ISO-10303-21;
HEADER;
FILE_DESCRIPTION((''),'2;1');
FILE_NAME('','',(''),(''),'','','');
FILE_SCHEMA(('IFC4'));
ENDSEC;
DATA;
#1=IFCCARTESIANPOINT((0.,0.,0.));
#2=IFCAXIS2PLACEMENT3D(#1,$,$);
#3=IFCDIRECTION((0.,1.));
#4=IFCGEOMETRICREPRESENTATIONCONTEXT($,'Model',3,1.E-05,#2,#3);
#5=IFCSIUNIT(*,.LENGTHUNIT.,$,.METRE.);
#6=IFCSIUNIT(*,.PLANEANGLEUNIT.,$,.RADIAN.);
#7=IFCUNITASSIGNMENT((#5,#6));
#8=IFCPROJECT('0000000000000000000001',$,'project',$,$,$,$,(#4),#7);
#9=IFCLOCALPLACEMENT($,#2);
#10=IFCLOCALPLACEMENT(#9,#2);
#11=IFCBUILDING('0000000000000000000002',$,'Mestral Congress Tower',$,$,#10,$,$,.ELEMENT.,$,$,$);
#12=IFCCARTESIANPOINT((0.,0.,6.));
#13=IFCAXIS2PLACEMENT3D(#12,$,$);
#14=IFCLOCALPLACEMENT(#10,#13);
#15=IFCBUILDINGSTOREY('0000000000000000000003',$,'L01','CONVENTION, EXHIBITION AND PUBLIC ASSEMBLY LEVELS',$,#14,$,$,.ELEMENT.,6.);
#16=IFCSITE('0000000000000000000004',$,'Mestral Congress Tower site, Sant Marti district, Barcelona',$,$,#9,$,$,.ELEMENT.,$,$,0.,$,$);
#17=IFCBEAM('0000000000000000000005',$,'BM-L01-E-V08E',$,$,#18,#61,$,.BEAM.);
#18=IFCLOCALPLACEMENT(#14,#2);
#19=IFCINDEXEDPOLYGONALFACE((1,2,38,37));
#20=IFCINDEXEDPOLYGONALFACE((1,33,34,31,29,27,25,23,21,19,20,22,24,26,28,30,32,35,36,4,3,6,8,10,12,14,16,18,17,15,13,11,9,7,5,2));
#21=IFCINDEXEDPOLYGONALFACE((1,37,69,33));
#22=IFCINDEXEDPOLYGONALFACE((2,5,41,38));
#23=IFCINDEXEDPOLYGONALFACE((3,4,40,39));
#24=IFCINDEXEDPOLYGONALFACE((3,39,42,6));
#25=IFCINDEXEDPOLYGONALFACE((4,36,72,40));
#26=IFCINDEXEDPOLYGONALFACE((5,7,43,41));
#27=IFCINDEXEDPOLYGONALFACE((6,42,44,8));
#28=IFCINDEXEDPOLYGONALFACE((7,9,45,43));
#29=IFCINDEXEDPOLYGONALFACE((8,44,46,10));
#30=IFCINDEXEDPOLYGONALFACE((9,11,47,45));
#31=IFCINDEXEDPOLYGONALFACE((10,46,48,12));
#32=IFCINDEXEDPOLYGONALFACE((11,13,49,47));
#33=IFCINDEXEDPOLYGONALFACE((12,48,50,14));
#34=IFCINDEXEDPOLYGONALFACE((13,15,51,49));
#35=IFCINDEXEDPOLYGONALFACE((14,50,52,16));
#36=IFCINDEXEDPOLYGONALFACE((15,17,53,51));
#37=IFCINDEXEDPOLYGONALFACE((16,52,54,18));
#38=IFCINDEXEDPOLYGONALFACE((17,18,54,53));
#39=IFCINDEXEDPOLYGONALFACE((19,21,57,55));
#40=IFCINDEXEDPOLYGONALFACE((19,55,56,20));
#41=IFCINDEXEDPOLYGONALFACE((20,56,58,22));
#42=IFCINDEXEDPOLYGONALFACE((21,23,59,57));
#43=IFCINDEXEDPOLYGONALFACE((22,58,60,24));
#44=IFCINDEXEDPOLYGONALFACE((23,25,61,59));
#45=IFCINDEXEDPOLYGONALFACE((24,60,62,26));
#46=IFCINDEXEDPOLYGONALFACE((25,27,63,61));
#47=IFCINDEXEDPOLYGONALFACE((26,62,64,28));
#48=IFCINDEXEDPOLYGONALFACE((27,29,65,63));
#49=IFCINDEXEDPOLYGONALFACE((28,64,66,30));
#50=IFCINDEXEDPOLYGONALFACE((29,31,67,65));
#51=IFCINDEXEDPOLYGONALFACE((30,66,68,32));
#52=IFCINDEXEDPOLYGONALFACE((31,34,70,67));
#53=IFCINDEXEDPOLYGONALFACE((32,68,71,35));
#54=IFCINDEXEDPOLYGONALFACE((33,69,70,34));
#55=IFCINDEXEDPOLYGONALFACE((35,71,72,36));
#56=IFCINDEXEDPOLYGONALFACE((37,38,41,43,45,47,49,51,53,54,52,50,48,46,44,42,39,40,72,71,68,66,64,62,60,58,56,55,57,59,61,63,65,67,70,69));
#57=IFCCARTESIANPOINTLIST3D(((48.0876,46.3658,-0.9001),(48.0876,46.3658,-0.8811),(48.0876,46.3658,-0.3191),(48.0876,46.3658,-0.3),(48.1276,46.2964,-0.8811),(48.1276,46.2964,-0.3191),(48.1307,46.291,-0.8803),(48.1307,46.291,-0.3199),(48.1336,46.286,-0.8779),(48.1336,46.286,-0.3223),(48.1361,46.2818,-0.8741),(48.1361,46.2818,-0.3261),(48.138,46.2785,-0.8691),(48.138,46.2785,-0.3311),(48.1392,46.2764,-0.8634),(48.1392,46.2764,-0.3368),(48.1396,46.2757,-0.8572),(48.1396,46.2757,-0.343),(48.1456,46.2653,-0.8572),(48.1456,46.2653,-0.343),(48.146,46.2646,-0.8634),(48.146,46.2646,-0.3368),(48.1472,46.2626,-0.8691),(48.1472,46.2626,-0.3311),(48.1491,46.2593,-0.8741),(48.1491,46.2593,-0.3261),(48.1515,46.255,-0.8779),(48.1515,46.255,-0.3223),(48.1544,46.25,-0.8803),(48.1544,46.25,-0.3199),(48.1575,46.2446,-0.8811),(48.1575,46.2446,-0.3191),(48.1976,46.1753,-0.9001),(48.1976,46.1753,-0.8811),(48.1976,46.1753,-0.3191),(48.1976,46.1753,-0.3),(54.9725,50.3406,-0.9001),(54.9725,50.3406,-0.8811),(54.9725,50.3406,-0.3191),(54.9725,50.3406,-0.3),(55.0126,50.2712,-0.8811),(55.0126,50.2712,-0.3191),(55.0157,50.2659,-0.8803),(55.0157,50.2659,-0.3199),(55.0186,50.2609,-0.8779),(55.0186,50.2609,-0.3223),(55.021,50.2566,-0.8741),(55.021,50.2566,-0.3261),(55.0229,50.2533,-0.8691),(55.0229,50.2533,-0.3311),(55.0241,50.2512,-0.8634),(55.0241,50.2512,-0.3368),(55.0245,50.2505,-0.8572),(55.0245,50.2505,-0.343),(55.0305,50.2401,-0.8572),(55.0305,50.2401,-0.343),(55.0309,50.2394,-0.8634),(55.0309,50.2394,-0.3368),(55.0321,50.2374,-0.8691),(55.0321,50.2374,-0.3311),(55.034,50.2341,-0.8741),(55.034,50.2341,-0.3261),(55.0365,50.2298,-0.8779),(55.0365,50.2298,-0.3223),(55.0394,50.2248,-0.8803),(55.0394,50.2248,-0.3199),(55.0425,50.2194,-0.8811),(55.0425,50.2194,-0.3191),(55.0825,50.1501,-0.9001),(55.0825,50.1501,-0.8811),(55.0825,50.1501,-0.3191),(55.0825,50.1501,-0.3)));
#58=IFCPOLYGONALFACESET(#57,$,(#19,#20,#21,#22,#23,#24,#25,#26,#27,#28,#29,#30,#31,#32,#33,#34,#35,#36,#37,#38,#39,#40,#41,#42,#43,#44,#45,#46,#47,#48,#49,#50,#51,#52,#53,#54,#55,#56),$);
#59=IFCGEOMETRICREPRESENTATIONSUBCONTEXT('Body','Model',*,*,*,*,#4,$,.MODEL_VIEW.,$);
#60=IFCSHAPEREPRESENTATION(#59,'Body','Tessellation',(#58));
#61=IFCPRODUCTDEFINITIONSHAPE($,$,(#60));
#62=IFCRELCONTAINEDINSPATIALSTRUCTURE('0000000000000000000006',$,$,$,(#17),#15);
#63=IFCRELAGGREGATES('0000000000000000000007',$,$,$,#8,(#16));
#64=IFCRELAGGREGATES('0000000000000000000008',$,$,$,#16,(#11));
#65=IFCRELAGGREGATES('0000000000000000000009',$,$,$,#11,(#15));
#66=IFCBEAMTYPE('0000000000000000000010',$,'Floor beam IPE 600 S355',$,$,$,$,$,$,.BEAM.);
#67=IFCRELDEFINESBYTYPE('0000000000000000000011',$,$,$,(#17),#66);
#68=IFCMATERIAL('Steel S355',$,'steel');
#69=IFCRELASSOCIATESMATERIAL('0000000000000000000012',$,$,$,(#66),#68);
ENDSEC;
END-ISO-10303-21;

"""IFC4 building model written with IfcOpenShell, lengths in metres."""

from ifc_helpers import new_model, si_unit, direction, frame, origin, origin_2d, place, context, subcontext, project, spatial, i_section, extrude, material, material_profile, profile_set, type_object, element, save


model = new_model("IFC4")

# Units and contexts
model_context = context("Model", 3, precision=1e-05, world=origin(), true_north=direction((0.0, 1.0)))
body_context = subcontext(model_context, "Body", "Model", "MODEL_VIEW")
ifc_project = project(units=[si_unit("LENGTHUNIT", "METRE"), si_unit("PLANEANGLEUNIT", "RADIAN")], contexts=[model_context])

# Site, building, storey
site_placement = place(None, origin())
site = spatial("IfcSite", under=ifc_project, at=site_placement, Name="Mestral Congress Tower site, Sant Marti district, Barcelona", CompositionType="ELEMENT", RefElevation=0.0)
building_placement = place(site_placement, origin())
building = spatial("IfcBuilding", under=site, at=building_placement, Name="Mestral Congress Tower", CompositionType="ELEMENT")
storey_placement = place(building_placement, frame((0.0, 0.0, 6.0)))
storey = spatial("IfcBuildingStorey", under=building, at=storey_placement, Name="L01", Description="CONVENTION, EXHIBITION AND PUBLIC ASSEMBLY LEVELS", CompositionType="ELEMENT", Elevation=6.0)

# Beam
ifc_material = material(Name="Steel S355", Category="steel")
ifc_material_profile_1 = material_profile(ifc_material, i_section(OverallWidth=0.22, OverallDepth=0.6001, WebThickness=0.012, FlangeThickness=0.019, FilletRadius=0.0239, at=origin_2d()), Name="IPE 600")
ifc_profile_set_1 = profile_set([ifc_material_profile_1], Name="Steel S355")
beam_type_1 = type_object("IfcBeamType", Name="Floor beam IPE 600 S355", PredefinedType="BEAM", material=ifc_profile_set_1)
for number, where, z_axis, x_axis, name in (
    (1, (48.1426, 46.2705, -0.6001), (0.866037, 0.49998, 0.0), (-0.49998, 0.866037, 0.0), "BM-L01-E-V08E"),
):
    element("IfcBeam", number, at=place(storey_placement, frame(where, z_axis=z_axis, x_axis=x_axis)), inside=storey, type_object=beam_type_1, Name=name, PredefinedType="BEAM", context=body_context, shape_type="SweptSolid", body=[
        extrude(i_section(OverallWidth=0.22, OverallDepth=0.6001, WebThickness=0.012, FlangeThickness=0.019, FilletRadius=0.0239, at=origin_2d()), origin(), (0.0, 0.0, 1.0), 7.95),
    ])

save(model, "model.ifc")
